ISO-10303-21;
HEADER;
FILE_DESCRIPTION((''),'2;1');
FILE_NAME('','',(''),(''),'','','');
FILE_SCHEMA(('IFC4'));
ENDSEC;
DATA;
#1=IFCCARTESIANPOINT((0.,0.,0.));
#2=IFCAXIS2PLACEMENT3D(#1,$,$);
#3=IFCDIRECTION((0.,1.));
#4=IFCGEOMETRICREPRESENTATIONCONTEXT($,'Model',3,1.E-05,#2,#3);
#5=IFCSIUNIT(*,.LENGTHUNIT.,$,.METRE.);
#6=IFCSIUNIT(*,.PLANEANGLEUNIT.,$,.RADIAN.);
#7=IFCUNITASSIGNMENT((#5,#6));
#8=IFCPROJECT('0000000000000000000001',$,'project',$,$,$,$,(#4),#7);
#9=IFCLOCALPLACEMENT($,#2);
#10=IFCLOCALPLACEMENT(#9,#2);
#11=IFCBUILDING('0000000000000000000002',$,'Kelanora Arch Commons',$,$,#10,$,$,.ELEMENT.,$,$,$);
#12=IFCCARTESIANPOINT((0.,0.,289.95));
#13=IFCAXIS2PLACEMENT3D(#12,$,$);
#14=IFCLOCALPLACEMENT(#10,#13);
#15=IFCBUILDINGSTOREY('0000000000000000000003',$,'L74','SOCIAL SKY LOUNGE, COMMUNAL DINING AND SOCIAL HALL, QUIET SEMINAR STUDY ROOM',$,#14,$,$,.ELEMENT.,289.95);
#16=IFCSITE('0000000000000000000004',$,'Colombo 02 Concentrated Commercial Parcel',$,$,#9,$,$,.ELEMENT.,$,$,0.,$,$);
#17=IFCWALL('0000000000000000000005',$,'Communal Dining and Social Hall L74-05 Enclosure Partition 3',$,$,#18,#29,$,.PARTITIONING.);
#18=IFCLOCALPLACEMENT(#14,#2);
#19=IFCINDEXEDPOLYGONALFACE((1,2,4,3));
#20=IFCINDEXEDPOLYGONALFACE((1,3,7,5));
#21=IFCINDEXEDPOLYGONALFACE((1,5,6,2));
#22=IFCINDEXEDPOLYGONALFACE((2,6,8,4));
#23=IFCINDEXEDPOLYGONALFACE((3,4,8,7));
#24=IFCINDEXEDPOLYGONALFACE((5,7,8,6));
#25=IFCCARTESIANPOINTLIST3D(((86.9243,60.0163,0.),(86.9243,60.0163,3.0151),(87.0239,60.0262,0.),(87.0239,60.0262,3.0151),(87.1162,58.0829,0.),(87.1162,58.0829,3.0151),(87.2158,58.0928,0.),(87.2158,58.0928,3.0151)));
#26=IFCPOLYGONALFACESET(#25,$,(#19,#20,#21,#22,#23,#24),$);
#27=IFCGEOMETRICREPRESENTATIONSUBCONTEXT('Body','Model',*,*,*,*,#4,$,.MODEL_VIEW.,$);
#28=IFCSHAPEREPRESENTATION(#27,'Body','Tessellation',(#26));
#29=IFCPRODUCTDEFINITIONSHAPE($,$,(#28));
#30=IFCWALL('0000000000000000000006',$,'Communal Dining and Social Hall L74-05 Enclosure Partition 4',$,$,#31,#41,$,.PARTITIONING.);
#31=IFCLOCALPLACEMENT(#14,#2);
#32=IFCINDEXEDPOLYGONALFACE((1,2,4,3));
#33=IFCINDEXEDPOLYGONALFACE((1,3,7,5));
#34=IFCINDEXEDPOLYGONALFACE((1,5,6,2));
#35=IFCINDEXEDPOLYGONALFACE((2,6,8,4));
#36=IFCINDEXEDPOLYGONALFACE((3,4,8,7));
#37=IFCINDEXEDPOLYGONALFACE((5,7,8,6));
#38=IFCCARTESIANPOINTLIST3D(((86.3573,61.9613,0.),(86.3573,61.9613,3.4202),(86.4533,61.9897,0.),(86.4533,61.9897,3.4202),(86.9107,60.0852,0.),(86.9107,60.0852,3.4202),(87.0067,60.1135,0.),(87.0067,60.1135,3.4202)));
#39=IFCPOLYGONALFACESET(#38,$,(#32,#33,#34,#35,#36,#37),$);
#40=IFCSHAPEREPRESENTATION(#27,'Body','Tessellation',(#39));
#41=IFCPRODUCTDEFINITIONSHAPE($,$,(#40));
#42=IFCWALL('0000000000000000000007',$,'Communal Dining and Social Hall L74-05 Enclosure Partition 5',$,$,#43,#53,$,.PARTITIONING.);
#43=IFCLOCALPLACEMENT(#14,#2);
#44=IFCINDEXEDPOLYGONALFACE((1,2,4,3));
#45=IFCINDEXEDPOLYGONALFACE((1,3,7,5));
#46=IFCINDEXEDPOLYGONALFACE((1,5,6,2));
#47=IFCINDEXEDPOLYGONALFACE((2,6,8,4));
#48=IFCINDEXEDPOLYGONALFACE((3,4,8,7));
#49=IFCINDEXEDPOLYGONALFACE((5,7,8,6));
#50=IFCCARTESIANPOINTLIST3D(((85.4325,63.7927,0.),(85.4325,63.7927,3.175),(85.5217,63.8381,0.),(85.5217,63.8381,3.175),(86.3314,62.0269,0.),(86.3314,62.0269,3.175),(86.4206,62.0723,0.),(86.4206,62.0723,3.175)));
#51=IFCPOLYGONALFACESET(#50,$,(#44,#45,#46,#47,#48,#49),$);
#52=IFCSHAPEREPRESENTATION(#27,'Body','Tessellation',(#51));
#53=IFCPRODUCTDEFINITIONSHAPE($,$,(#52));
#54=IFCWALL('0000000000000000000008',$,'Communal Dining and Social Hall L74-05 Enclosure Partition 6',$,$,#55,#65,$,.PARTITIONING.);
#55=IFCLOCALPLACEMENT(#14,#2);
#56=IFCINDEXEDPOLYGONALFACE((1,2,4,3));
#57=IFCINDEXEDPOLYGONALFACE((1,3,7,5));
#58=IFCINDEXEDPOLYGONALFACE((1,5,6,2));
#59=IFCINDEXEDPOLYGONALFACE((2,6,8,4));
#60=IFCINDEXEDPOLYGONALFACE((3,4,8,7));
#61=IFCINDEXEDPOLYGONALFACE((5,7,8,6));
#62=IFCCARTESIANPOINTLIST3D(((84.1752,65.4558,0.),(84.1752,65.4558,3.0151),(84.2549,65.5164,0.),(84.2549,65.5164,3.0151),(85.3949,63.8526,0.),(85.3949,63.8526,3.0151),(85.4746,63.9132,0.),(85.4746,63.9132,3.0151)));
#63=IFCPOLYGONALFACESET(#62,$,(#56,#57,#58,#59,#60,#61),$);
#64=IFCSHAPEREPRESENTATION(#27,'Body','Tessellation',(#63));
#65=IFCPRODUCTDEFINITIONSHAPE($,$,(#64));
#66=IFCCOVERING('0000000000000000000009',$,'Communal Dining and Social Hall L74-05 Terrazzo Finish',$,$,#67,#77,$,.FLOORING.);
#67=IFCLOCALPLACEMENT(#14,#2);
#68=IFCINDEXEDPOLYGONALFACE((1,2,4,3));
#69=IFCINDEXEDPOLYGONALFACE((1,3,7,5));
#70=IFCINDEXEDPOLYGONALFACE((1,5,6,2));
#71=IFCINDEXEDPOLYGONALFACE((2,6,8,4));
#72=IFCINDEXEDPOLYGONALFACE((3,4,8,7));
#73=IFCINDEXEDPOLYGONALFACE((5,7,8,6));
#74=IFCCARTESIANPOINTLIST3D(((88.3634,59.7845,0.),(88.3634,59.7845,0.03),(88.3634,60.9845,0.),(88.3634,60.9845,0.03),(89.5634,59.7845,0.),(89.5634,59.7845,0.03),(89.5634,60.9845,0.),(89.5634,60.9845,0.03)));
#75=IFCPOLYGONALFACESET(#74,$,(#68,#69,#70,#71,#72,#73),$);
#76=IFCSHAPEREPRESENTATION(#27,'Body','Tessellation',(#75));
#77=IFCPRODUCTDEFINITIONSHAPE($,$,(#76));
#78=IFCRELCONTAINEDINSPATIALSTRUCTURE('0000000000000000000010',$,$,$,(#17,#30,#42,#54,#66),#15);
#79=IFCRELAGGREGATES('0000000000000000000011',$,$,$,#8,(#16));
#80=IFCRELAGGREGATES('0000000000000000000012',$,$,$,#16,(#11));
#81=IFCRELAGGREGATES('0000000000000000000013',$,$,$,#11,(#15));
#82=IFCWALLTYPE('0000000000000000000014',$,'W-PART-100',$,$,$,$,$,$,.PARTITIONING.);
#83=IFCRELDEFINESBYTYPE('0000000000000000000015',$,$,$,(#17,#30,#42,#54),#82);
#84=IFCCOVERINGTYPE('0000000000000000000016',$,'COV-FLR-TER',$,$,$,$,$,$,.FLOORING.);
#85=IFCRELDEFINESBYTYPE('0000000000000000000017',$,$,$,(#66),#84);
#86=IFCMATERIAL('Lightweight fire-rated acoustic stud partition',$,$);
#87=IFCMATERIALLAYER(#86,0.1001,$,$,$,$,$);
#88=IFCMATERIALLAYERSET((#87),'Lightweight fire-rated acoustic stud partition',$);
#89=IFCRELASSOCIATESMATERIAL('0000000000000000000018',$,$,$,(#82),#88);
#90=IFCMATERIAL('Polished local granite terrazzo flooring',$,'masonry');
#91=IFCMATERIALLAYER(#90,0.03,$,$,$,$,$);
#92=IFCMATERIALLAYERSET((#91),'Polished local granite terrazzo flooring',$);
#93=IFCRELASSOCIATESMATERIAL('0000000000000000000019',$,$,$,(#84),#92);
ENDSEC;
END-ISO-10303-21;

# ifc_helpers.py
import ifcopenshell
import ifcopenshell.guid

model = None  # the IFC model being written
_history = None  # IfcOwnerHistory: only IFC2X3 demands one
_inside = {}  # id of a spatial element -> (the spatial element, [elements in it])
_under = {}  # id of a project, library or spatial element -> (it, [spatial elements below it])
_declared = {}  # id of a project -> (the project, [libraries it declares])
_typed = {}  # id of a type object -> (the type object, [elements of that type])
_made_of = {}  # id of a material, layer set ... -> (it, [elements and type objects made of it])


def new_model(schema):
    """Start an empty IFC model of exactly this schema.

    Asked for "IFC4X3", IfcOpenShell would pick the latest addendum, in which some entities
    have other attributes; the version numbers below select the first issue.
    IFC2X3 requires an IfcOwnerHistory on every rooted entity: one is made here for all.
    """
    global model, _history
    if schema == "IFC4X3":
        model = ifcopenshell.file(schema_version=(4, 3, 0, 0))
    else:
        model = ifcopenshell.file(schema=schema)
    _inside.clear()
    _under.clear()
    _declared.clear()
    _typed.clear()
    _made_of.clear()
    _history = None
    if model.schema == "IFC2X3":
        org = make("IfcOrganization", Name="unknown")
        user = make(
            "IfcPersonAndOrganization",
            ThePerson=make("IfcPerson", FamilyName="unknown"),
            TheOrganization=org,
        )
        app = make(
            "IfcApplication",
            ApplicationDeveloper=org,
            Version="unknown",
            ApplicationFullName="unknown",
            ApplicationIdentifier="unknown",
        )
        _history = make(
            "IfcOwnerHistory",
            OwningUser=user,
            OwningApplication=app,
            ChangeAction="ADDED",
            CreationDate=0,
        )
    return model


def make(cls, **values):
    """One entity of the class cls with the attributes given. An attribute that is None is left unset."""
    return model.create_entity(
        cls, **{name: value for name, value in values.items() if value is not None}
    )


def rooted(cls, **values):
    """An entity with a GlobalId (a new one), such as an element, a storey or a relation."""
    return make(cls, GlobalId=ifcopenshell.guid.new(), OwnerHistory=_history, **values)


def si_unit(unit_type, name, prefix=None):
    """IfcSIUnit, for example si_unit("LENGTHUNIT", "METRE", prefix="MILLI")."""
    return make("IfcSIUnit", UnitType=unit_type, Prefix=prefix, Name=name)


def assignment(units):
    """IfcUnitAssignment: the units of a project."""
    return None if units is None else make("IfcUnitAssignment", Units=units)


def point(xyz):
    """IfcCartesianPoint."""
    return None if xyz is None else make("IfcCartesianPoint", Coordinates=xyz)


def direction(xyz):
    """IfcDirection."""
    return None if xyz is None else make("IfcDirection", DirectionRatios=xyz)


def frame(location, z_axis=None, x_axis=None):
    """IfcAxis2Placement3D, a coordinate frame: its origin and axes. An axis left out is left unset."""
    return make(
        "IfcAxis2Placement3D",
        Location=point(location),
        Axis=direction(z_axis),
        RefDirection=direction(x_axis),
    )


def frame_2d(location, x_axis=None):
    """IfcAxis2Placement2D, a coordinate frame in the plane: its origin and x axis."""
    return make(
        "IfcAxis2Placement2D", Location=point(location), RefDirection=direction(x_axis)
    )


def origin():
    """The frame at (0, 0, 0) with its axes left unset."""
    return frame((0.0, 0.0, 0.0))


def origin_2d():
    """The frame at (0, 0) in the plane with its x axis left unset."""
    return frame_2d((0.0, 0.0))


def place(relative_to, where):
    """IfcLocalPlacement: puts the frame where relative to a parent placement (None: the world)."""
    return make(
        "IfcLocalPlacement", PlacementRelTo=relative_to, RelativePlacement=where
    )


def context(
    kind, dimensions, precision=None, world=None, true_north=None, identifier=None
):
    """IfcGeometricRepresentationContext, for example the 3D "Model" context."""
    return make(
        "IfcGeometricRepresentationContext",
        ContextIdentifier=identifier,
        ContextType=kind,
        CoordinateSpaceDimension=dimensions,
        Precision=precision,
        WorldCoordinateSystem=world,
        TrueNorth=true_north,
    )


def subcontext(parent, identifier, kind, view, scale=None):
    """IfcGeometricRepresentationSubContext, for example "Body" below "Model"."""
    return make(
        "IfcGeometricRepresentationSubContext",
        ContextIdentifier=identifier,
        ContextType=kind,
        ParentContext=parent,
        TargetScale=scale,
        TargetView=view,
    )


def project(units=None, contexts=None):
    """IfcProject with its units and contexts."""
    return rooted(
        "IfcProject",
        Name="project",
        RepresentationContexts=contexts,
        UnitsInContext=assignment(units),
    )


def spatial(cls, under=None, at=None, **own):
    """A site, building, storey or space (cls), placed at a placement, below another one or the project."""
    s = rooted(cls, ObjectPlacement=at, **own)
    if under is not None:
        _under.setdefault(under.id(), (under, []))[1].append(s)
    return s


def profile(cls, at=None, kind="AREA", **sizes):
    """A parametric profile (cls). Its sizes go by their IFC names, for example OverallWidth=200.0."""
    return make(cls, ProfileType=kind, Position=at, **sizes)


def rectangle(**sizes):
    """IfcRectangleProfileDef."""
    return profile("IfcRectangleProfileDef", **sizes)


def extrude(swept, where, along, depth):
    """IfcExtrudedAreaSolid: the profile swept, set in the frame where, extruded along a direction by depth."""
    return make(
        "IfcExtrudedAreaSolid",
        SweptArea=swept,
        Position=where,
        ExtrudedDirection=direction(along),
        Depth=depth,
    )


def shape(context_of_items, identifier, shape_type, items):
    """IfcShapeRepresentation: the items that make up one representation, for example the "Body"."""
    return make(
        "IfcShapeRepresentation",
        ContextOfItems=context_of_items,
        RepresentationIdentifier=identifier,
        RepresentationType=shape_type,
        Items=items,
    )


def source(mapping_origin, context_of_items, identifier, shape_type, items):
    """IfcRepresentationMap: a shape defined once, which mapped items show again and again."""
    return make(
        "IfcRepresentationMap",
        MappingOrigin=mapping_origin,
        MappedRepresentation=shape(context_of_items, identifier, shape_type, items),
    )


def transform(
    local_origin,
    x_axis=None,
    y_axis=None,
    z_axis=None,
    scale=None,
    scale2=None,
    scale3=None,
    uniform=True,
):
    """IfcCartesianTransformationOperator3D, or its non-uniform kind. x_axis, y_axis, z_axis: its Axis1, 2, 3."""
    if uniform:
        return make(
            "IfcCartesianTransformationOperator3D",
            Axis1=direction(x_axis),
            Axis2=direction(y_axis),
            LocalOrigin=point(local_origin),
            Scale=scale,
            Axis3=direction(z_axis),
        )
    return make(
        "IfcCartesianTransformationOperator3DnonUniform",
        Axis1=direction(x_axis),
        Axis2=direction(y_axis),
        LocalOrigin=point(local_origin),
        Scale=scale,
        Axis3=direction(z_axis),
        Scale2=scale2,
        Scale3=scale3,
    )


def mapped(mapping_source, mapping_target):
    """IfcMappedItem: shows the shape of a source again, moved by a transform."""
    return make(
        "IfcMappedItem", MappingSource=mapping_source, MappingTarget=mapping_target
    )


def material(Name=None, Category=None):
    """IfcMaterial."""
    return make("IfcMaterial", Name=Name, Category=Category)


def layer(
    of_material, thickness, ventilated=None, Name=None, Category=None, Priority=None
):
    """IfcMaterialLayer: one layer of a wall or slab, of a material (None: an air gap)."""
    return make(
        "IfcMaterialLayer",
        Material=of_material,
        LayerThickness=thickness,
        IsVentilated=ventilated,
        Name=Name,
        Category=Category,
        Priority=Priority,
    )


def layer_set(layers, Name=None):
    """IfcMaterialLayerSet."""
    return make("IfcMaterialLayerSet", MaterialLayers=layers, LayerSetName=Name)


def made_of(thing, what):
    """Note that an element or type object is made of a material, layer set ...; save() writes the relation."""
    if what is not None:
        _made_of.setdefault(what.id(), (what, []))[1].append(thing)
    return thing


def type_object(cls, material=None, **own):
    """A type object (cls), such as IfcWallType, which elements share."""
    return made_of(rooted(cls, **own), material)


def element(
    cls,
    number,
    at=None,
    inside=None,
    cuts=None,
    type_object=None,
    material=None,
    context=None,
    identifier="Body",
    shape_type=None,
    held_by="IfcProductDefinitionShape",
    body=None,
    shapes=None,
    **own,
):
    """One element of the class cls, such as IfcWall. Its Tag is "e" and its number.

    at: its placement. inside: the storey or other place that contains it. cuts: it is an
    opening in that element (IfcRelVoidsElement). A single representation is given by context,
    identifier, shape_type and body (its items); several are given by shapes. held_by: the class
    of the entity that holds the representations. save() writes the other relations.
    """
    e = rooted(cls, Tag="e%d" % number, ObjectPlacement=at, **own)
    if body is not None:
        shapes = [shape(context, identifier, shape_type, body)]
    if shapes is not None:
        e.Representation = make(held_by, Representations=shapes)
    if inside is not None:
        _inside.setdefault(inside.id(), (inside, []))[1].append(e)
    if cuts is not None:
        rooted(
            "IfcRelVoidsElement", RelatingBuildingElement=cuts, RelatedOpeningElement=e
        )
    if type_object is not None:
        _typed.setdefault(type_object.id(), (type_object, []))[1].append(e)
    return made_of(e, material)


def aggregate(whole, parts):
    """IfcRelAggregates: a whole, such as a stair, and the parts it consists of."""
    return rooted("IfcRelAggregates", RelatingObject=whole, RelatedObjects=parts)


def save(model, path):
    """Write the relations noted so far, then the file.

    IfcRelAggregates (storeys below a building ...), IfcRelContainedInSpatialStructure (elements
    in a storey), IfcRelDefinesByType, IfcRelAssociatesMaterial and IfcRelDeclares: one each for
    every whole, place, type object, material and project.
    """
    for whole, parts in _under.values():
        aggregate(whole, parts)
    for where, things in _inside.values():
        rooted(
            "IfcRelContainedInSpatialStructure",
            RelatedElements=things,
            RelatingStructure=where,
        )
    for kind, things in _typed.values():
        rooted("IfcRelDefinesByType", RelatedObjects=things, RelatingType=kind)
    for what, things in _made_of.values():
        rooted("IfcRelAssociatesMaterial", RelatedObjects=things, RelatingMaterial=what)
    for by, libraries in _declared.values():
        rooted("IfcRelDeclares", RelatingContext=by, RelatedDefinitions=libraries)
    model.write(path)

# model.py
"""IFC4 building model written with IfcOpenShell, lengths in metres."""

from ifc_helpers import new_model, si_unit, direction, frame, frame_2d, origin, origin_2d, place, context, subcontext, project, spatial, rectangle, extrude, source, transform, mapped, material, layer, layer_set, type_object, element, save


model = new_model("IFC4")

# Units and contexts
model_context = context("Model", 3, precision=1e-05, world=origin(), true_north=direction((0.0, 1.0)))
body_context = subcontext(model_context, "Body", "Model", "MODEL_VIEW")
ifc_project = project(units=[si_unit("LENGTHUNIT", "METRE"), si_unit("PLANEANGLEUNIT", "RADIAN")], contexts=[model_context])

# Site, building, storey
site_placement = place(None, origin())
site = spatial("IfcSite", under=ifc_project, at=site_placement, Name="Colombo 02 Concentrated Commercial Parcel", CompositionType="ELEMENT", RefElevation=0.0)
building_placement = place(site_placement, origin())
building = spatial("IfcBuilding", under=site, at=building_placement, Name="Kelanora Arch Commons", CompositionType="ELEMENT")
storey_placement = place(building_placement, frame((0.0, 0.0, 289.95)))
storey = spatial("IfcBuildingStorey", under=building, at=storey_placement, Name="L74", Description="SOCIAL SKY LOUNGE, COMMUNAL DINING AND SOCIAL HALL, QUIET SEMINAR STUDY ROOM", CompositionType="ELEMENT", Elevation=289.95)

# Walls
ifc_material_1 = material(Name="Lightweight fire-rated acoustic stud partition")
ifc_layer_1 = layer(ifc_material_1, 0.1001)
ifc_layer_set_1 = layer_set([ifc_layer_1], Name="Lightweight fire-rated acoustic stud partition")
wall_type = type_object("IfcWallType", Name="W-PART-100", PredefinedType="PARTITIONING", material=ifc_layer_set_1)
wall_1_placement = place(storey_placement, frame((87.166, 58.0879, 0.0), z_axis=(0.0, 0.0, 1.0), x_axis=(-0.09877, 0.99511, 0.0)))
element("IfcWall", 1, at=wall_1_placement, inside=storey, type_object=wall_type, Name="Communal Dining and Social Hall L74-05 Enclosure Partition 3", PredefinedType="PARTITIONING", context=body_context, shape_type="SweptSolid", body=[
    extrude(rectangle(XDim=1.9429, YDim=0.1001, at=frame_2d((0.9714, 0.0))), origin(), (0.0, 0.0, 1.0), 3.0151),
])
wall_2_placement = place(storey_placement, frame((86.9587, 60.0994, 0.0), z_axis=(0.0, 0.0, 1.0), x_axis=(-0.282937, 0.959139, 0.0)))
element("IfcWall", 2, at=wall_2_placement, inside=storey, type_object=wall_type, Name="Communal Dining and Social Hall L74-05 Enclosure Partition 4", PredefinedType="PARTITIONING", context=body_context, shape_type="SweptSolid", body=[
    extrude(rectangle(XDim=1.9561, YDim=0.1001, at=frame_2d((0.978, 0.0))), origin(), (0.0, 0.0, 1.0), 3.4202),
])
wall_3_placement = place(storey_placement, frame((86.376, 62.0496, 0.0), z_axis=(0.0, 0.0, 1.0), x_axis=(-0.453658, 0.891176, 0.0)))
element("IfcWall", 3, at=wall_3_placement, inside=storey, type_object=wall_type, Name="Communal Dining and Social Hall L74-05 Enclosure Partition 5", PredefinedType="PARTITIONING", context=body_context, shape_type="SweptSolid", body=[
    extrude(rectangle(XDim=1.9814, YDim=0.1001, at=frame_2d((0.9907, 0.0))), origin(), (0.0, 0.0, 1.0), 3.175),
])
wall_4_placement = place(storey_placement, frame((85.4348, 63.8828, 0.0), z_axis=(0.0, 0.0, 1.0), x_axis=(-0.605473, 0.795866, 0.0)))
element("IfcWall", 4, at=wall_4_placement, inside=storey, type_object=wall_type, Name="Communal Dining and Social Hall L74-05 Enclosure Partition 6", PredefinedType="PARTITIONING", context=body_context, shape_type="SweptSolid", body=[
    extrude(rectangle(XDim=2.0144, YDim=0.1001, at=frame_2d((1.0073, 0.0))), origin(), (0.0, 0.0, 1.0), 3.0151),
])

# Covering
ifc_material_2 = material(Name="Polished local granite terrazzo flooring", Category="masonry")
ifc_layer_2 = layer(ifc_material_2, 0.03)
ifc_layer_set_2 = layer_set([ifc_layer_2], Name="Polished local granite terrazzo flooring")
covering_type = type_object("IfcCoveringType", Name="COV-FLR-TER", PredefinedType="FLOORING", material=ifc_layer_set_2)
shared_shape_1 = source(origin(), body_context, "Body", "SweptSolid", [
    extrude(rectangle(XDim=1.2, YDim=1.2, at=origin_2d()), origin(), (0.0, 0.0, 1.0), 0.03),
])
covering_placement = place(storey_placement, frame((88.9634, 60.3845, 0.0), z_axis=(0.0, 0.0, 1.0), x_axis=(1.0, 0.0, 0.0)))
element("IfcCovering", 5, at=covering_placement, inside=storey, type_object=covering_type, Name="Communal Dining and Social Hall L74-05 Terrazzo Finish", PredefinedType="FLOORING", context=body_context, shape_type="MappedRepresentation", body=[
    mapped(shared_shape_1, transform((0.0, 0.0, 0.0), scale=1.0)),
])

save(model, "model.ifc")
